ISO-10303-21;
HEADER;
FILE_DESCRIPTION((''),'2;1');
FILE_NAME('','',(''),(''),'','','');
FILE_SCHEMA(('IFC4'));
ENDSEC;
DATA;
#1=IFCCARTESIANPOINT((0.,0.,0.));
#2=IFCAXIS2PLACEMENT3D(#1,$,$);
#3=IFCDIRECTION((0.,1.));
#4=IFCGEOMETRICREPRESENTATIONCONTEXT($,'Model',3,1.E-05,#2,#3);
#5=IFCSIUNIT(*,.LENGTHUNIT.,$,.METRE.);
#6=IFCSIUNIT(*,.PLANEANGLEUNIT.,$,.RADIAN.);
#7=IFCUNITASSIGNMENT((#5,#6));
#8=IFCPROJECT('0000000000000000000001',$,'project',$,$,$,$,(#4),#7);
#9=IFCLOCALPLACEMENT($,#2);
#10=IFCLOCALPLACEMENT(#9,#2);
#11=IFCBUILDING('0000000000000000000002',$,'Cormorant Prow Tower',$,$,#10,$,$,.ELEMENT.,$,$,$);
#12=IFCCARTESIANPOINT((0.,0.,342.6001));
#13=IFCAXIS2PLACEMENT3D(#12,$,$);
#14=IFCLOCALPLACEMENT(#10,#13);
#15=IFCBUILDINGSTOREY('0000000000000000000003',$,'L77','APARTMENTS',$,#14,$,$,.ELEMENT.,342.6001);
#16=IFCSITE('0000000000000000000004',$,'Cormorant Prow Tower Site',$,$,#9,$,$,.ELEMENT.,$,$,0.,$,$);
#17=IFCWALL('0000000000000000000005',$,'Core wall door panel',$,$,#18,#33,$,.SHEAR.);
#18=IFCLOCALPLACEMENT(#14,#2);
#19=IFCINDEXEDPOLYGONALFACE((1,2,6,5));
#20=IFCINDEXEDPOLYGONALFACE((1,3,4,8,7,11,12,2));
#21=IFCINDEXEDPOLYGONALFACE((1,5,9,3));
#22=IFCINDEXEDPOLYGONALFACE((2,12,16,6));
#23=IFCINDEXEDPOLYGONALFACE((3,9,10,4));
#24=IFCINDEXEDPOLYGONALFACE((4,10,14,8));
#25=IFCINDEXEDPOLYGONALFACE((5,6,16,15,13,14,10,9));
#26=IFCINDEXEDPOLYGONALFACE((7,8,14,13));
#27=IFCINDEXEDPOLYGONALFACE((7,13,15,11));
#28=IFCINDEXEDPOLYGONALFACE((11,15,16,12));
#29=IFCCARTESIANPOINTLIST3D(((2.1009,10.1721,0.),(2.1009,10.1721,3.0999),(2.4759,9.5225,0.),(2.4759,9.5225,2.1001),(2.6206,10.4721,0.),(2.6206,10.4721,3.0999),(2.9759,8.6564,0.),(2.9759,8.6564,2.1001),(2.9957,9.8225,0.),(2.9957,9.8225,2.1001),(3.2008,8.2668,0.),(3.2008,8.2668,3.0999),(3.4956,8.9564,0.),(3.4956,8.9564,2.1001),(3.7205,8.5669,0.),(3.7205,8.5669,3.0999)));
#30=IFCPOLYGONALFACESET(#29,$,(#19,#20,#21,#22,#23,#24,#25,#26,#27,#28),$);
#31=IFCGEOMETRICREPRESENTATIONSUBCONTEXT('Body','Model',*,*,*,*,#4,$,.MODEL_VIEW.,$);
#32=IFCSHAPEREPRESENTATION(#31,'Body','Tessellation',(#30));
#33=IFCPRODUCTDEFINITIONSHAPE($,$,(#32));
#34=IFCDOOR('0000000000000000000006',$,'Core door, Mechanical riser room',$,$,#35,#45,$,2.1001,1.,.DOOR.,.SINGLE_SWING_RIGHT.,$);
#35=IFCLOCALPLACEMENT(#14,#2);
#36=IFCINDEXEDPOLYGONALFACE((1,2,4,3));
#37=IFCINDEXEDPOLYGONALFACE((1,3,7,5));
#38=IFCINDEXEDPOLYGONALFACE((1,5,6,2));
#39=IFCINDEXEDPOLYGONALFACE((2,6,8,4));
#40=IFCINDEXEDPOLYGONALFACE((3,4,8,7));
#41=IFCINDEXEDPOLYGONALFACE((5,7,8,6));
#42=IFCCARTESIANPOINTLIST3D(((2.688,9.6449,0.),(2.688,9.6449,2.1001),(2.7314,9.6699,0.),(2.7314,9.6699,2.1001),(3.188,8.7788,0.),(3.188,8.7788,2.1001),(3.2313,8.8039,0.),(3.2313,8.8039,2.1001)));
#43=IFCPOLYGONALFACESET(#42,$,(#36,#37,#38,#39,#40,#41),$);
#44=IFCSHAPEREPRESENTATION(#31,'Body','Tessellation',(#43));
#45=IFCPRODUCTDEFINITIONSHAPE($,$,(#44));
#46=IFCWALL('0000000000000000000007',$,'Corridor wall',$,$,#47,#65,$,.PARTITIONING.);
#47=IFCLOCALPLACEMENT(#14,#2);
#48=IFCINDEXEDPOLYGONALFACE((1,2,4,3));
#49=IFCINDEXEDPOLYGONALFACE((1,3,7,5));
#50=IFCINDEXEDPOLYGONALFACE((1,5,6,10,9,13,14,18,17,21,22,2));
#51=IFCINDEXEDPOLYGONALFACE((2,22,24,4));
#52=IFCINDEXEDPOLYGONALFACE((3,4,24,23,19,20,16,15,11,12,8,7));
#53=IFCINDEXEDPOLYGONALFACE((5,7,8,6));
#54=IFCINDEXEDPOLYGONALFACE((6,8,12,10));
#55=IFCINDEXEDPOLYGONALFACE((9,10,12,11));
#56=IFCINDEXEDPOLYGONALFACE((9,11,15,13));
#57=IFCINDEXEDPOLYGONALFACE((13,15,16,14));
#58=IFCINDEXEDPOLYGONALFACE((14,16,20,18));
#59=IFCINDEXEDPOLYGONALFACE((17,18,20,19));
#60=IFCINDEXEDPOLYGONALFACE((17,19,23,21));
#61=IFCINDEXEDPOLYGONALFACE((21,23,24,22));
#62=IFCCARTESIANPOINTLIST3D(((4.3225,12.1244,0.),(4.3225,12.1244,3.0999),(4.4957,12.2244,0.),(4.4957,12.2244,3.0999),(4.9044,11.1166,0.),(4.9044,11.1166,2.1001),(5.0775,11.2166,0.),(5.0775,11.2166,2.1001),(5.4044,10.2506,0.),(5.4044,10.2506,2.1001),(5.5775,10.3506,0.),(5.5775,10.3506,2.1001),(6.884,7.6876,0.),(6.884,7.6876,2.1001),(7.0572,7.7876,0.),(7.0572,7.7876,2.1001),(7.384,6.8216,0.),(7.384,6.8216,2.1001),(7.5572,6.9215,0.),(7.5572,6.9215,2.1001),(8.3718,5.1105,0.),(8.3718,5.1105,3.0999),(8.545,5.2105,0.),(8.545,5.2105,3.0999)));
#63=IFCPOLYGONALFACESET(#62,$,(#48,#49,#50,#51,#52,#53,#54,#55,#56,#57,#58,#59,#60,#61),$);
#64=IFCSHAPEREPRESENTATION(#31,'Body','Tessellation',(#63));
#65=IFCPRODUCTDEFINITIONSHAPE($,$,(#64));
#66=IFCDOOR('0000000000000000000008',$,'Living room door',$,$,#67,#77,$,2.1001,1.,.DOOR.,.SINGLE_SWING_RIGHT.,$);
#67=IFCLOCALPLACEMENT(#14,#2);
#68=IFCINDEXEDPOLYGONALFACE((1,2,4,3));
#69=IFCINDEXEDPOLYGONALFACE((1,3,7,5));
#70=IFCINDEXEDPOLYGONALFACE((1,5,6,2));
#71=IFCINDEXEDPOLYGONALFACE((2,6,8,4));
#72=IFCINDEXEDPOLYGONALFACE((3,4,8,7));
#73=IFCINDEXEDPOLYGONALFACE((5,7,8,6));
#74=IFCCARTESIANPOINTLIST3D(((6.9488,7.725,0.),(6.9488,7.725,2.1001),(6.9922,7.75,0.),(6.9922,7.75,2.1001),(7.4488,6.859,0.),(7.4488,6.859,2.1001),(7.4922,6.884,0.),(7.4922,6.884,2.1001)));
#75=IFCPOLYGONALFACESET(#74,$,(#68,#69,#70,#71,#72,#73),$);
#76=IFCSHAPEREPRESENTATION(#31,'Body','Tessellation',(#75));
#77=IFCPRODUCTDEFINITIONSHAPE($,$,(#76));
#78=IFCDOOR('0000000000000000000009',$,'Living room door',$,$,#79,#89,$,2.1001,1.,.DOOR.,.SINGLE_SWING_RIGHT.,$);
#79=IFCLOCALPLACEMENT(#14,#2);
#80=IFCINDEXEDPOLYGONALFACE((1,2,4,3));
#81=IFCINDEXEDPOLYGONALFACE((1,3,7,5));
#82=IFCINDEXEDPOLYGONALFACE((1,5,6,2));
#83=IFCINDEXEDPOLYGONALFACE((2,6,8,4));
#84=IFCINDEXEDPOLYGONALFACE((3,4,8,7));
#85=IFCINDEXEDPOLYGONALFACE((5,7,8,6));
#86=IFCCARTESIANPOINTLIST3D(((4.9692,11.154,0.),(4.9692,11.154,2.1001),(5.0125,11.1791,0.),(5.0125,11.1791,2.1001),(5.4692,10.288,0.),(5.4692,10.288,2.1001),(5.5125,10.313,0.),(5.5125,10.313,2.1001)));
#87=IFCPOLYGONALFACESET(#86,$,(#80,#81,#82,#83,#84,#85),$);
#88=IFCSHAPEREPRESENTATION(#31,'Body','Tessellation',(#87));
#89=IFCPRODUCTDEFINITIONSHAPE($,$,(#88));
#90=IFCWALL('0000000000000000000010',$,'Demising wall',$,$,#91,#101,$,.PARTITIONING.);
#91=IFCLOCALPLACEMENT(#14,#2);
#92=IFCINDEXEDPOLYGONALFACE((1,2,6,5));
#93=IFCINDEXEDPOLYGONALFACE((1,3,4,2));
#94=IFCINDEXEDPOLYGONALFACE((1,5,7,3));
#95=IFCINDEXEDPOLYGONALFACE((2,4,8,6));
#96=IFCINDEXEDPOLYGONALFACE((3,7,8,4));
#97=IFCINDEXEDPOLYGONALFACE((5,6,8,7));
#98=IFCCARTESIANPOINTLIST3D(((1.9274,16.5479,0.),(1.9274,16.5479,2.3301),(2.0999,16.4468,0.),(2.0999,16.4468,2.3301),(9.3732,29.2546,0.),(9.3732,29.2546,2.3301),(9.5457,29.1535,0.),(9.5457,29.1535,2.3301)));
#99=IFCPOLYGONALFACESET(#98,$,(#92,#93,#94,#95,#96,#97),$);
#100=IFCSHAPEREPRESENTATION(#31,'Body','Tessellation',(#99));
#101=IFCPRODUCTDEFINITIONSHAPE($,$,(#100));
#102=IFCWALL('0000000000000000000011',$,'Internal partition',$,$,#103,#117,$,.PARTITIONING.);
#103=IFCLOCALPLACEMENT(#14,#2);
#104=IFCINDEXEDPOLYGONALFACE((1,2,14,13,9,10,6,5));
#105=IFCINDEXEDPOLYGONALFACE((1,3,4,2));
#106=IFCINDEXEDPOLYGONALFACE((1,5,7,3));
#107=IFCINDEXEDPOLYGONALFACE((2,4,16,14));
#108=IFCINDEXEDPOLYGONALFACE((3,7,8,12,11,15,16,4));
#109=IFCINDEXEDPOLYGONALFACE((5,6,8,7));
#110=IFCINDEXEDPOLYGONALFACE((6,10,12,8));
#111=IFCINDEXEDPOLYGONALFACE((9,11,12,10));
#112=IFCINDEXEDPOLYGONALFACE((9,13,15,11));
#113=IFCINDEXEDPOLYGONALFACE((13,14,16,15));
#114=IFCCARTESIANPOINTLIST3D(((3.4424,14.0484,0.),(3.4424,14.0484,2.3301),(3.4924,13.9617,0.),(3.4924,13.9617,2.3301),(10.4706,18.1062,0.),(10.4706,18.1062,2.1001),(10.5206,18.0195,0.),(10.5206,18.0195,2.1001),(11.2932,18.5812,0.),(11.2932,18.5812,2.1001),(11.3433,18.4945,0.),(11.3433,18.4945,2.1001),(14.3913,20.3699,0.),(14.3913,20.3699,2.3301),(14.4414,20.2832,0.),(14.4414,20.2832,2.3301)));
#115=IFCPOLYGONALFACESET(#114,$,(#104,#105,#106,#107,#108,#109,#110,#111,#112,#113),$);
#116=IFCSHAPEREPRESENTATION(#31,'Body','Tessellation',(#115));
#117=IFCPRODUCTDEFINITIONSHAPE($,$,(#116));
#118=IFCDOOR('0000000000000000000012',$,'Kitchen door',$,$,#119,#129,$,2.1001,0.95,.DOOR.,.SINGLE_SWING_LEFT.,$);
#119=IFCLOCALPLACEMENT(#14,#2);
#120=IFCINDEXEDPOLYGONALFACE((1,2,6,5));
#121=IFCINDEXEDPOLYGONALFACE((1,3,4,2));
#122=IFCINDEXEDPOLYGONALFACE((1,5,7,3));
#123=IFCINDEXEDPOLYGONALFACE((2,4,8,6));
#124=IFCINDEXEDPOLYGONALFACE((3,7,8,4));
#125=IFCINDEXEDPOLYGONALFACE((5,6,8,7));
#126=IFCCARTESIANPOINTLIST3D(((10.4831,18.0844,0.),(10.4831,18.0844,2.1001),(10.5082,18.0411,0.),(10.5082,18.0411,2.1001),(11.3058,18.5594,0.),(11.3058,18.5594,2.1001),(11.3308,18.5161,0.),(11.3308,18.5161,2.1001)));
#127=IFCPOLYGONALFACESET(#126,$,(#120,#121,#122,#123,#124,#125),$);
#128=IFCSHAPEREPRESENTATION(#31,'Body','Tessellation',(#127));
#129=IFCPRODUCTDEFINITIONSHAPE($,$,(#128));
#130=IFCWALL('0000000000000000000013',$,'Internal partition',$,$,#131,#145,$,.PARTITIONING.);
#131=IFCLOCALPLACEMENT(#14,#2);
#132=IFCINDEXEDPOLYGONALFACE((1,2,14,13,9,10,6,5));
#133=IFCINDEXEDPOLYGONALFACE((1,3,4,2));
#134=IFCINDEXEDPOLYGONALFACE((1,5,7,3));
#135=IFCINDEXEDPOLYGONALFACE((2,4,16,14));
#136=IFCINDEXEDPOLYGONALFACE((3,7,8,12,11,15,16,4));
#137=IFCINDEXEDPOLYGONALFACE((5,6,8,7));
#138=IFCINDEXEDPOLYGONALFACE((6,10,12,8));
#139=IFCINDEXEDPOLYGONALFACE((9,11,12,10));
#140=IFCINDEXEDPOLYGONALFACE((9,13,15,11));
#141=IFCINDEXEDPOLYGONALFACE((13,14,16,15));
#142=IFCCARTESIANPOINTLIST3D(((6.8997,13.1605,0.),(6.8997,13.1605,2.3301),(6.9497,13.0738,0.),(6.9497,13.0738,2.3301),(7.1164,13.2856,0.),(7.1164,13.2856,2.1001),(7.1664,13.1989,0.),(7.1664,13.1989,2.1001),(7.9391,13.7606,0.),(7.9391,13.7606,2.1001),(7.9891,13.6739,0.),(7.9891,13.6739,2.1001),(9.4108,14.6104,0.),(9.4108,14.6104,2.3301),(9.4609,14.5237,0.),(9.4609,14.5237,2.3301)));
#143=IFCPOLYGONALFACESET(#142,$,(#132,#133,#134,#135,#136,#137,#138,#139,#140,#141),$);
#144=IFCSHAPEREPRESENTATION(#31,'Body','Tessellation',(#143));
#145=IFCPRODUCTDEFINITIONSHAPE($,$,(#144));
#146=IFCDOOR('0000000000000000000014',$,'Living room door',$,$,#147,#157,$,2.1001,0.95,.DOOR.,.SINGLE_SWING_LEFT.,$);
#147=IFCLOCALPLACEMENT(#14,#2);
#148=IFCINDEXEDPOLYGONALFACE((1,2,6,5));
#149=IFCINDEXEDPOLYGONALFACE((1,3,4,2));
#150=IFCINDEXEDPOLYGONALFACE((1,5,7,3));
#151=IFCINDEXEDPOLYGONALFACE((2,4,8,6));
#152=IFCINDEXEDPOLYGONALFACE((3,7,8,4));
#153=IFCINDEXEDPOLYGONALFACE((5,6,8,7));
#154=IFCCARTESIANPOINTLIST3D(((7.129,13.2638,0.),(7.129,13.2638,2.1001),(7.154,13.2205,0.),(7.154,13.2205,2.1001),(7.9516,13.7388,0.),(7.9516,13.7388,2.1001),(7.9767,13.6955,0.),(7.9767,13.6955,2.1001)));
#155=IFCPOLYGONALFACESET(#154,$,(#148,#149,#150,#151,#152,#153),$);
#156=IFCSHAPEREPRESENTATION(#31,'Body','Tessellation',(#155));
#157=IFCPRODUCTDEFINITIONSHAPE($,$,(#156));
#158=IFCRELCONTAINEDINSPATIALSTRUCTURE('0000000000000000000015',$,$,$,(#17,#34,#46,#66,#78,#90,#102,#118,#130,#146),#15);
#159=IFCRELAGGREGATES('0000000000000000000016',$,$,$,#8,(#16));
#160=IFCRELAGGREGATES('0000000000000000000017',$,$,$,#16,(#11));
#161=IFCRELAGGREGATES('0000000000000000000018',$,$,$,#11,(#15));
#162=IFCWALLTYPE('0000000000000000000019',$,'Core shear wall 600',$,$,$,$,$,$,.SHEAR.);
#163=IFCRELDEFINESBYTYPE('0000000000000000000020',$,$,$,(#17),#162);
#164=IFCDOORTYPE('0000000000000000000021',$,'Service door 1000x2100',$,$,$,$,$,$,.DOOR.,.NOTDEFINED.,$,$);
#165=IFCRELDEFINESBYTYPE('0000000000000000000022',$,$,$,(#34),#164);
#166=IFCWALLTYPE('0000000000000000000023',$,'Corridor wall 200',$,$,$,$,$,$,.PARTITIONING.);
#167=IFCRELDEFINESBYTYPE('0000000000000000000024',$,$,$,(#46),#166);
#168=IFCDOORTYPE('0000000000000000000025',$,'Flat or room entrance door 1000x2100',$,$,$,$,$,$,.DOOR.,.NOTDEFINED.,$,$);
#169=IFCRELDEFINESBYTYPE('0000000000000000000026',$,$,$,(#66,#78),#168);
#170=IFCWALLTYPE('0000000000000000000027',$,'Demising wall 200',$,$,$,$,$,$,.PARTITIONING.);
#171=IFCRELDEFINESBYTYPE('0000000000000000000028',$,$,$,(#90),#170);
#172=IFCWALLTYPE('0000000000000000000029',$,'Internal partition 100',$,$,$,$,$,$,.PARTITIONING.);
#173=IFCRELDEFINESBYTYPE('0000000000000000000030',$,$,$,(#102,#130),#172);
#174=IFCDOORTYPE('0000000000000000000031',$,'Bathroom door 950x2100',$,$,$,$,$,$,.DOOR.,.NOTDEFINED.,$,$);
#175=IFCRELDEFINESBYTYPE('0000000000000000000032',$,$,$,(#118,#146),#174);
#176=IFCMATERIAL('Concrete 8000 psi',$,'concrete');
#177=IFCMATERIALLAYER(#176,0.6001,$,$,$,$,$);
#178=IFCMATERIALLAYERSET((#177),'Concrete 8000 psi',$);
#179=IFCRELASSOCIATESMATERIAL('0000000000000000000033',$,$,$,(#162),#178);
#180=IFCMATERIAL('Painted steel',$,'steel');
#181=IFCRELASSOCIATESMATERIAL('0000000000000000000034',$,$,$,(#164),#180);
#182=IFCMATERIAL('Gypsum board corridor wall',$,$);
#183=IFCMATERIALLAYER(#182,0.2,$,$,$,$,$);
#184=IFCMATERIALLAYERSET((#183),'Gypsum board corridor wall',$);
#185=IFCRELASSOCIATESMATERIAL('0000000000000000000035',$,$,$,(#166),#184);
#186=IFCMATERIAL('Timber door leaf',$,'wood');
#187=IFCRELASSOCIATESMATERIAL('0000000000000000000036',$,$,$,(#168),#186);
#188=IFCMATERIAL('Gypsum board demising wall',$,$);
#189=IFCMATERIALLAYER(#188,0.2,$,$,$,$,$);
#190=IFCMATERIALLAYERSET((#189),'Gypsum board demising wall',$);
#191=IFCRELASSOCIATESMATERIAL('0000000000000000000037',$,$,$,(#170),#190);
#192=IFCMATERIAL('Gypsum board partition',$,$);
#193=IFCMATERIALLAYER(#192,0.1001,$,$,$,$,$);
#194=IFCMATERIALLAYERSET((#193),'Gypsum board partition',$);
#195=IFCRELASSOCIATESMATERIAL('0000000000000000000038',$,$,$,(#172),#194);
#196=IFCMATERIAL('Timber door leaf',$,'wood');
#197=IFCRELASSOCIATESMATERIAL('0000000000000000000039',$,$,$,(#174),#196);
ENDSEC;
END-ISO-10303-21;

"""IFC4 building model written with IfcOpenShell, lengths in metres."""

from ifc_helpers import new_model, si_unit, direction, frame, frame_2d, origin, place, context, subcontext, project, spatial, rectangle, extrude, material, layer, layer_set, type_object, element, fill, save


model = new_model("IFC4")

# Units and contexts
model_context = context("Model", 3, precision=1e-05, world=origin(), true_north=direction((0.0, 1.0)))
body_context = subcontext(model_context, "Body", "Model", "MODEL_VIEW")
ifc_project = project(units=[si_unit("LENGTHUNIT", "METRE"), si_unit("PLANEANGLEUNIT", "RADIAN")], contexts=[model_context])

# Site, building, storey
site_placement = place(None, origin())
site = spatial("IfcSite", under=ifc_project, at=site_placement, Name="Cormorant Prow Tower Site", CompositionType="ELEMENT", RefElevation=0.0)
building_placement = place(site_placement, origin())
building = spatial("IfcBuilding", under=site, at=building_placement, Name="Cormorant Prow Tower", CompositionType="ELEMENT")
storey_placement = place(building_placement, frame((0.0, 0.0, 342.6001)))
storey = spatial("IfcBuildingStorey", under=building, at=storey_placement, Name="L77", Description="APARTMENTS", CompositionType="ELEMENT", Elevation=342.6001)

# Shared definitions
ifc_material_1 = material(Name="Concrete 8000 psi", Category="concrete")
ifc_layer_1 = layer(ifc_material_1, 0.6001)
ifc_layer_set_1 = layer_set([ifc_layer_1], Name="Concrete 8000 psi")
wall_type_1 = type_object("IfcWallType", Name="Core shear wall 600", PredefinedType="SHEAR", material=ifc_layer_set_1)

# Wall, opening, door
wall_1_placement = place(storey_placement, frame((3.4607, 8.4167, 0.0), z_axis=(0.0, 0.0, 1.0), x_axis=(-0.499947, 0.866056, 0.0)))
wall_1 = element("IfcWall", 1, at=wall_1_placement, inside=storey, type_object=wall_type_1, Name="Core wall door panel", PredefinedType="SHEAR", context=body_context, shape_type="SweptSolid", body=[
    extrude(rectangle(XDim=2.2, YDim=0.6001, at=frame_2d((1.1001, 0.0))), origin(), (0.0, 0.0, 1.0), 3.0999),
])
opening_1_placement = place(wall_1_placement, frame((0.45, 0.0, 0.0)))
opening_1 = element("IfcOpeningElement", 2, at=opening_1_placement, cuts=wall_1, PredefinedType="OPENING", context=body_context, shape_type="SweptSolid", body=[
    extrude(rectangle(XDim=1.0, YDim=2.1001, at=frame_2d((0.5, 1.05))), frame((0.0, 0.3101, 0.0), z_axis=(0.0, -1.0, 0.0), x_axis=(1.0, 0.0, 0.0)), (0.0, 0.0, 1.0), 0.6201),
])
ifc_material_2 = material(Name="Painted steel", Category="steel")
door_type_1 = type_object("IfcDoorType", Name="Service door 1000x2100", OperationType="NOTDEFINED", PredefinedType="DOOR", material=ifc_material_2)
door_1_placement = place(opening_1_placement, origin())
door_1 = element("IfcDoor", 3, at=door_1_placement, inside=storey, type_object=door_type_1, Name="Core door, Mechanical riser room", OperationType="SINGLE_SWING_RIGHT", OverallHeight=2.1001, OverallWidth=1.0, PredefinedType="DOOR", context=body_context, shape_type="SweptSolid", body=[
    extrude(rectangle(XDim=1.0, YDim=2.1001, at=frame_2d((0.5, 1.05))), frame((0.0, 0.0552, 0.0), z_axis=(0.0, -1.0, 0.0), x_axis=(1.0, 0.0, 0.0)), (0.0, 0.0, 1.0), 0.05),
])
fill(opening_1, door_1)

# Wall, openings, doors
ifc_material_3 = material(Name="Gypsum board corridor wall")
ifc_layer_2 = layer(ifc_material_3, 0.2)
ifc_layer_set_2 = layer_set([ifc_layer_2], Name="Gypsum board corridor wall")
wall_type_2 = type_object("IfcWallType", Name="Corridor wall 200", PredefinedType="PARTITIONING", material=ifc_layer_set_2)
wall_2_placement = place(storey_placement, frame((4.4092, 12.1743, 0.0), z_axis=(0.0, 0.0, 1.0), x_axis=(0.499984, -0.866034, 0.0)))
wall_2 = element("IfcWall", 4, at=wall_2_placement, inside=storey, type_object=wall_type_2, Name="Corridor wall", PredefinedType="PARTITIONING", context=body_context, shape_type="SweptSolid", body=[
    extrude(rectangle(XDim=8.0989, YDim=0.2, at=frame_2d((4.0493, 0.0))), origin(), (0.0, 0.0, 1.0), 3.0999),
])
opening_2_placement = place(wall_2_placement, frame((5.123, 0.0, 0.0)))
opening_2 = element("IfcOpeningElement", 5, at=opening_2_placement, cuts=wall_2, PredefinedType="OPENING", context=body_context, shape_type="SweptSolid", body=[
    extrude(rectangle(XDim=1.0, YDim=2.1001, at=frame_2d((0.5, 1.05))), frame((0.0, 0.1099, 0.0), z_axis=(0.0, -1.0, 0.0), x_axis=(1.0, 0.0, 0.0)), (0.0, 0.0, 1.0), 0.22),
])
opening_3_placement = place(wall_2_placement, frame((1.1636, 0.0, 0.0)))
opening_3 = element("IfcOpeningElement", 6, at=opening_3_placement, cuts=wall_2, PredefinedType="OPENING", context=body_context, shape_type="SweptSolid", body=[
    extrude(rectangle(XDim=1.0, YDim=2.1001, at=frame_2d((0.5, 1.05))), frame((0.0, 0.1099, 0.0), z_axis=(0.0, -1.0, 0.0), x_axis=(1.0, 0.0, 0.0)), (0.0, 0.0, 1.0), 0.22),
])
ifc_material_4 = material(Name="Timber door leaf", Category="wood")
door_type_2 = type_object("IfcDoorType", Name="Flat or room entrance door 1000x2100", OperationType="NOTDEFINED", PredefinedType="DOOR", material=ifc_material_4)
door_2_placement = place(opening_2_placement, origin())
door_2 = element("IfcDoor", 7, at=door_2_placement, inside=storey, type_object=door_type_2, Name="Living room door", OperationType="SINGLE_SWING_RIGHT", OverallHeight=2.1001, OverallWidth=1.0, PredefinedType="DOOR", context=body_context, shape_type="SweptSolid", body=[
    extrude(rectangle(XDim=1.0, YDim=2.1001, at=frame_2d((0.5, 1.05))), frame((0.0, 0.0249, 0.0), z_axis=(0.0, -1.0, 0.0), x_axis=(1.0, 0.0, 0.0)), (0.0, 0.0, 1.0), 0.05),
])
fill(opening_2, door_2)
door_3_placement = place(opening_3_placement, origin())
door_3 = element("IfcDoor", 8, at=door_3_placement, inside=storey, type_object=door_type_2, Name="Living room door", OperationType="SINGLE_SWING_RIGHT", OverallHeight=2.1001, OverallWidth=1.0, PredefinedType="DOOR", context=body_context, shape_type="SweptSolid", body=[
    extrude(rectangle(XDim=1.0, YDim=2.1001, at=frame_2d((0.5, 1.05))), frame((0.0, 0.0249, 0.0), z_axis=(0.0, -1.0, 0.0), x_axis=(1.0, 0.0, 0.0)), (0.0, 0.0, 1.0), 0.05),
])
fill(opening_3, door_3)

# Wall
ifc_material_5 = material(Name="Gypsum board demising wall")
ifc_layer_3 = layer(ifc_material_5, 0.2)
ifc_layer_set_3 = layer_set([ifc_layer_3], Name="Gypsum board demising wall")
wall_type_3 = type_object("IfcWallType", Name="Demising wall 200", PredefinedType="PARTITIONING", material=ifc_layer_set_3)
wall_3_placement = place(storey_placement, frame((2.0137, 16.4973, 0.0), z_axis=(0.0, 0.0, 1.0), x_axis=(0.505568, 0.862787, 0.0)))
element("IfcWall", 9, at=wall_3_placement, inside=storey, type_object=wall_type_3, Name="Demising wall", PredefinedType="PARTITIONING", context=body_context, shape_type="SweptSolid", body=[
    extrude(rectangle(XDim=14.7275, YDim=0.2, at=frame_2d((7.3638, 0.0))), origin(), (0.0, 0.0, 1.0), 2.3301),
])

# Walls, openings, doors
ifc_material_6 = material(Name="Gypsum board partition")
ifc_layer_4 = layer(ifc_material_6, 0.1001)
ifc_layer_set_4 = layer_set([ifc_layer_4], Name="Gypsum board partition")
wall_type_4 = type_object("IfcWallType", Name="Internal partition 100", PredefinedType="PARTITIONING", material=ifc_layer_set_4)
wall_4_placement = place(storey_placement, frame((3.4675, 14.0051, 0.0), z_axis=(0.0, 0.0, 1.0), x_axis=(0.866021, 0.500008, 0.0)))
wall_4 = element("IfcWall", 10, at=wall_4_placement, inside=storey, type_object=wall_type_4, Name="Internal partition", PredefinedType="PARTITIONING", context=body_context, shape_type="SweptSolid", body=[
    extrude(rectangle(XDim=12.6428, YDim=0.1001, at=frame_2d((6.3213, 0.0))), origin(), (0.0, 0.0, 1.0), 2.3301),
])
opening_4_placement = place(wall_4_placement, frame((8.1152, 0.0, 0.0)))
opening_4 = element("IfcOpeningElement", 11, at=opening_4_placement, cuts=wall_4, PredefinedType="OPENING", context=body_context, shape_type="SweptSolid", body=[
    extrude(rectangle(XDim=0.95, YDim=2.1001, at=frame_2d((0.4751, 1.05))), frame((0.0, 0.0601, 0.0), z_axis=(0.0, -1.0, 0.0), x_axis=(1.0, 0.0, 0.0)), (0.0, 0.0, 1.0), 0.1201),
])
ifc_material_7 = material(Name="Timber door leaf", Category="wood")
door_type_3 = type_object("IfcDoorType", Name="Bathroom door 950x2100", OperationType="NOTDEFINED", PredefinedType="DOOR", material=ifc_material_7)
door_4_placement = place(opening_4_placement, origin())
door_4 = element("IfcDoor", 12, at=door_4_placement, inside=storey, type_object=door_type_3, Name="Kitchen door", OperationType="SINGLE_SWING_LEFT", OverallHeight=2.1001, OverallWidth=0.95, PredefinedType="DOOR", context=body_context, shape_type="SweptSolid", body=[
    extrude(rectangle(XDim=0.95, YDim=2.1001, at=frame_2d((0.4751, 1.05))), frame((0.0, 0.0249, 0.0), z_axis=(0.0, -1.0, 0.0), x_axis=(1.0, 0.0, 0.0)), (0.0, 0.0, 1.0), 0.05),
])
fill(opening_4, door_4)
wall_5_placement = place(storey_placement, frame((6.9248, 13.1172, 0.0), z_axis=(0.0, 0.0, 1.0), x_axis=(0.866012, 0.500024, 0.0)))
wall_5 = element("IfcWall", 13, at=wall_5_placement, inside=storey, type_object=wall_type_4, Name="Internal partition", PredefinedType="PARTITIONING", context=body_context, shape_type="SweptSolid", body=[
    extrude(rectangle(XDim=2.8997, YDim=0.1001, at=frame_2d((1.4497, 0.0))), origin(), (0.0, 0.0, 1.0), 2.3301),
])
opening_5_placement = place(wall_5_placement, frame((0.25, 0.0, 0.0)))
opening_5 = element("IfcOpeningElement", 14, at=opening_5_placement, cuts=wall_5, PredefinedType="OPENING", context=body_context, shape_type="SweptSolid", body=[
    extrude(rectangle(XDim=0.95, YDim=2.1001, at=frame_2d((0.4751, 1.05))), frame((0.0, 0.0601, 0.0), z_axis=(0.0, -1.0, 0.0), x_axis=(1.0, 0.0, 0.0)), (0.0, 0.0, 1.0), 0.1201),
])
door_5_placement = place(opening_5_placement, origin())
door_5 = element("IfcDoor", 15, at=door_5_placement, inside=storey, type_object=door_type_3, Name="Living room door", OperationType="SINGLE_SWING_LEFT", OverallHeight=2.1001, OverallWidth=0.95, PredefinedType="DOOR", context=body_context, shape_type="SweptSolid", body=[
    extrude(rectangle(XDim=0.95, YDim=2.1001, at=frame_2d((0.4751, 1.05))), frame((0.0, 0.0249, 0.0), z_axis=(0.0, -1.0, 0.0), x_axis=(1.0, 0.0, 0.0)), (0.0, 0.0, 1.0), 0.05),
])
fill(opening_5, door_5)

save(model, "model.ifc")
